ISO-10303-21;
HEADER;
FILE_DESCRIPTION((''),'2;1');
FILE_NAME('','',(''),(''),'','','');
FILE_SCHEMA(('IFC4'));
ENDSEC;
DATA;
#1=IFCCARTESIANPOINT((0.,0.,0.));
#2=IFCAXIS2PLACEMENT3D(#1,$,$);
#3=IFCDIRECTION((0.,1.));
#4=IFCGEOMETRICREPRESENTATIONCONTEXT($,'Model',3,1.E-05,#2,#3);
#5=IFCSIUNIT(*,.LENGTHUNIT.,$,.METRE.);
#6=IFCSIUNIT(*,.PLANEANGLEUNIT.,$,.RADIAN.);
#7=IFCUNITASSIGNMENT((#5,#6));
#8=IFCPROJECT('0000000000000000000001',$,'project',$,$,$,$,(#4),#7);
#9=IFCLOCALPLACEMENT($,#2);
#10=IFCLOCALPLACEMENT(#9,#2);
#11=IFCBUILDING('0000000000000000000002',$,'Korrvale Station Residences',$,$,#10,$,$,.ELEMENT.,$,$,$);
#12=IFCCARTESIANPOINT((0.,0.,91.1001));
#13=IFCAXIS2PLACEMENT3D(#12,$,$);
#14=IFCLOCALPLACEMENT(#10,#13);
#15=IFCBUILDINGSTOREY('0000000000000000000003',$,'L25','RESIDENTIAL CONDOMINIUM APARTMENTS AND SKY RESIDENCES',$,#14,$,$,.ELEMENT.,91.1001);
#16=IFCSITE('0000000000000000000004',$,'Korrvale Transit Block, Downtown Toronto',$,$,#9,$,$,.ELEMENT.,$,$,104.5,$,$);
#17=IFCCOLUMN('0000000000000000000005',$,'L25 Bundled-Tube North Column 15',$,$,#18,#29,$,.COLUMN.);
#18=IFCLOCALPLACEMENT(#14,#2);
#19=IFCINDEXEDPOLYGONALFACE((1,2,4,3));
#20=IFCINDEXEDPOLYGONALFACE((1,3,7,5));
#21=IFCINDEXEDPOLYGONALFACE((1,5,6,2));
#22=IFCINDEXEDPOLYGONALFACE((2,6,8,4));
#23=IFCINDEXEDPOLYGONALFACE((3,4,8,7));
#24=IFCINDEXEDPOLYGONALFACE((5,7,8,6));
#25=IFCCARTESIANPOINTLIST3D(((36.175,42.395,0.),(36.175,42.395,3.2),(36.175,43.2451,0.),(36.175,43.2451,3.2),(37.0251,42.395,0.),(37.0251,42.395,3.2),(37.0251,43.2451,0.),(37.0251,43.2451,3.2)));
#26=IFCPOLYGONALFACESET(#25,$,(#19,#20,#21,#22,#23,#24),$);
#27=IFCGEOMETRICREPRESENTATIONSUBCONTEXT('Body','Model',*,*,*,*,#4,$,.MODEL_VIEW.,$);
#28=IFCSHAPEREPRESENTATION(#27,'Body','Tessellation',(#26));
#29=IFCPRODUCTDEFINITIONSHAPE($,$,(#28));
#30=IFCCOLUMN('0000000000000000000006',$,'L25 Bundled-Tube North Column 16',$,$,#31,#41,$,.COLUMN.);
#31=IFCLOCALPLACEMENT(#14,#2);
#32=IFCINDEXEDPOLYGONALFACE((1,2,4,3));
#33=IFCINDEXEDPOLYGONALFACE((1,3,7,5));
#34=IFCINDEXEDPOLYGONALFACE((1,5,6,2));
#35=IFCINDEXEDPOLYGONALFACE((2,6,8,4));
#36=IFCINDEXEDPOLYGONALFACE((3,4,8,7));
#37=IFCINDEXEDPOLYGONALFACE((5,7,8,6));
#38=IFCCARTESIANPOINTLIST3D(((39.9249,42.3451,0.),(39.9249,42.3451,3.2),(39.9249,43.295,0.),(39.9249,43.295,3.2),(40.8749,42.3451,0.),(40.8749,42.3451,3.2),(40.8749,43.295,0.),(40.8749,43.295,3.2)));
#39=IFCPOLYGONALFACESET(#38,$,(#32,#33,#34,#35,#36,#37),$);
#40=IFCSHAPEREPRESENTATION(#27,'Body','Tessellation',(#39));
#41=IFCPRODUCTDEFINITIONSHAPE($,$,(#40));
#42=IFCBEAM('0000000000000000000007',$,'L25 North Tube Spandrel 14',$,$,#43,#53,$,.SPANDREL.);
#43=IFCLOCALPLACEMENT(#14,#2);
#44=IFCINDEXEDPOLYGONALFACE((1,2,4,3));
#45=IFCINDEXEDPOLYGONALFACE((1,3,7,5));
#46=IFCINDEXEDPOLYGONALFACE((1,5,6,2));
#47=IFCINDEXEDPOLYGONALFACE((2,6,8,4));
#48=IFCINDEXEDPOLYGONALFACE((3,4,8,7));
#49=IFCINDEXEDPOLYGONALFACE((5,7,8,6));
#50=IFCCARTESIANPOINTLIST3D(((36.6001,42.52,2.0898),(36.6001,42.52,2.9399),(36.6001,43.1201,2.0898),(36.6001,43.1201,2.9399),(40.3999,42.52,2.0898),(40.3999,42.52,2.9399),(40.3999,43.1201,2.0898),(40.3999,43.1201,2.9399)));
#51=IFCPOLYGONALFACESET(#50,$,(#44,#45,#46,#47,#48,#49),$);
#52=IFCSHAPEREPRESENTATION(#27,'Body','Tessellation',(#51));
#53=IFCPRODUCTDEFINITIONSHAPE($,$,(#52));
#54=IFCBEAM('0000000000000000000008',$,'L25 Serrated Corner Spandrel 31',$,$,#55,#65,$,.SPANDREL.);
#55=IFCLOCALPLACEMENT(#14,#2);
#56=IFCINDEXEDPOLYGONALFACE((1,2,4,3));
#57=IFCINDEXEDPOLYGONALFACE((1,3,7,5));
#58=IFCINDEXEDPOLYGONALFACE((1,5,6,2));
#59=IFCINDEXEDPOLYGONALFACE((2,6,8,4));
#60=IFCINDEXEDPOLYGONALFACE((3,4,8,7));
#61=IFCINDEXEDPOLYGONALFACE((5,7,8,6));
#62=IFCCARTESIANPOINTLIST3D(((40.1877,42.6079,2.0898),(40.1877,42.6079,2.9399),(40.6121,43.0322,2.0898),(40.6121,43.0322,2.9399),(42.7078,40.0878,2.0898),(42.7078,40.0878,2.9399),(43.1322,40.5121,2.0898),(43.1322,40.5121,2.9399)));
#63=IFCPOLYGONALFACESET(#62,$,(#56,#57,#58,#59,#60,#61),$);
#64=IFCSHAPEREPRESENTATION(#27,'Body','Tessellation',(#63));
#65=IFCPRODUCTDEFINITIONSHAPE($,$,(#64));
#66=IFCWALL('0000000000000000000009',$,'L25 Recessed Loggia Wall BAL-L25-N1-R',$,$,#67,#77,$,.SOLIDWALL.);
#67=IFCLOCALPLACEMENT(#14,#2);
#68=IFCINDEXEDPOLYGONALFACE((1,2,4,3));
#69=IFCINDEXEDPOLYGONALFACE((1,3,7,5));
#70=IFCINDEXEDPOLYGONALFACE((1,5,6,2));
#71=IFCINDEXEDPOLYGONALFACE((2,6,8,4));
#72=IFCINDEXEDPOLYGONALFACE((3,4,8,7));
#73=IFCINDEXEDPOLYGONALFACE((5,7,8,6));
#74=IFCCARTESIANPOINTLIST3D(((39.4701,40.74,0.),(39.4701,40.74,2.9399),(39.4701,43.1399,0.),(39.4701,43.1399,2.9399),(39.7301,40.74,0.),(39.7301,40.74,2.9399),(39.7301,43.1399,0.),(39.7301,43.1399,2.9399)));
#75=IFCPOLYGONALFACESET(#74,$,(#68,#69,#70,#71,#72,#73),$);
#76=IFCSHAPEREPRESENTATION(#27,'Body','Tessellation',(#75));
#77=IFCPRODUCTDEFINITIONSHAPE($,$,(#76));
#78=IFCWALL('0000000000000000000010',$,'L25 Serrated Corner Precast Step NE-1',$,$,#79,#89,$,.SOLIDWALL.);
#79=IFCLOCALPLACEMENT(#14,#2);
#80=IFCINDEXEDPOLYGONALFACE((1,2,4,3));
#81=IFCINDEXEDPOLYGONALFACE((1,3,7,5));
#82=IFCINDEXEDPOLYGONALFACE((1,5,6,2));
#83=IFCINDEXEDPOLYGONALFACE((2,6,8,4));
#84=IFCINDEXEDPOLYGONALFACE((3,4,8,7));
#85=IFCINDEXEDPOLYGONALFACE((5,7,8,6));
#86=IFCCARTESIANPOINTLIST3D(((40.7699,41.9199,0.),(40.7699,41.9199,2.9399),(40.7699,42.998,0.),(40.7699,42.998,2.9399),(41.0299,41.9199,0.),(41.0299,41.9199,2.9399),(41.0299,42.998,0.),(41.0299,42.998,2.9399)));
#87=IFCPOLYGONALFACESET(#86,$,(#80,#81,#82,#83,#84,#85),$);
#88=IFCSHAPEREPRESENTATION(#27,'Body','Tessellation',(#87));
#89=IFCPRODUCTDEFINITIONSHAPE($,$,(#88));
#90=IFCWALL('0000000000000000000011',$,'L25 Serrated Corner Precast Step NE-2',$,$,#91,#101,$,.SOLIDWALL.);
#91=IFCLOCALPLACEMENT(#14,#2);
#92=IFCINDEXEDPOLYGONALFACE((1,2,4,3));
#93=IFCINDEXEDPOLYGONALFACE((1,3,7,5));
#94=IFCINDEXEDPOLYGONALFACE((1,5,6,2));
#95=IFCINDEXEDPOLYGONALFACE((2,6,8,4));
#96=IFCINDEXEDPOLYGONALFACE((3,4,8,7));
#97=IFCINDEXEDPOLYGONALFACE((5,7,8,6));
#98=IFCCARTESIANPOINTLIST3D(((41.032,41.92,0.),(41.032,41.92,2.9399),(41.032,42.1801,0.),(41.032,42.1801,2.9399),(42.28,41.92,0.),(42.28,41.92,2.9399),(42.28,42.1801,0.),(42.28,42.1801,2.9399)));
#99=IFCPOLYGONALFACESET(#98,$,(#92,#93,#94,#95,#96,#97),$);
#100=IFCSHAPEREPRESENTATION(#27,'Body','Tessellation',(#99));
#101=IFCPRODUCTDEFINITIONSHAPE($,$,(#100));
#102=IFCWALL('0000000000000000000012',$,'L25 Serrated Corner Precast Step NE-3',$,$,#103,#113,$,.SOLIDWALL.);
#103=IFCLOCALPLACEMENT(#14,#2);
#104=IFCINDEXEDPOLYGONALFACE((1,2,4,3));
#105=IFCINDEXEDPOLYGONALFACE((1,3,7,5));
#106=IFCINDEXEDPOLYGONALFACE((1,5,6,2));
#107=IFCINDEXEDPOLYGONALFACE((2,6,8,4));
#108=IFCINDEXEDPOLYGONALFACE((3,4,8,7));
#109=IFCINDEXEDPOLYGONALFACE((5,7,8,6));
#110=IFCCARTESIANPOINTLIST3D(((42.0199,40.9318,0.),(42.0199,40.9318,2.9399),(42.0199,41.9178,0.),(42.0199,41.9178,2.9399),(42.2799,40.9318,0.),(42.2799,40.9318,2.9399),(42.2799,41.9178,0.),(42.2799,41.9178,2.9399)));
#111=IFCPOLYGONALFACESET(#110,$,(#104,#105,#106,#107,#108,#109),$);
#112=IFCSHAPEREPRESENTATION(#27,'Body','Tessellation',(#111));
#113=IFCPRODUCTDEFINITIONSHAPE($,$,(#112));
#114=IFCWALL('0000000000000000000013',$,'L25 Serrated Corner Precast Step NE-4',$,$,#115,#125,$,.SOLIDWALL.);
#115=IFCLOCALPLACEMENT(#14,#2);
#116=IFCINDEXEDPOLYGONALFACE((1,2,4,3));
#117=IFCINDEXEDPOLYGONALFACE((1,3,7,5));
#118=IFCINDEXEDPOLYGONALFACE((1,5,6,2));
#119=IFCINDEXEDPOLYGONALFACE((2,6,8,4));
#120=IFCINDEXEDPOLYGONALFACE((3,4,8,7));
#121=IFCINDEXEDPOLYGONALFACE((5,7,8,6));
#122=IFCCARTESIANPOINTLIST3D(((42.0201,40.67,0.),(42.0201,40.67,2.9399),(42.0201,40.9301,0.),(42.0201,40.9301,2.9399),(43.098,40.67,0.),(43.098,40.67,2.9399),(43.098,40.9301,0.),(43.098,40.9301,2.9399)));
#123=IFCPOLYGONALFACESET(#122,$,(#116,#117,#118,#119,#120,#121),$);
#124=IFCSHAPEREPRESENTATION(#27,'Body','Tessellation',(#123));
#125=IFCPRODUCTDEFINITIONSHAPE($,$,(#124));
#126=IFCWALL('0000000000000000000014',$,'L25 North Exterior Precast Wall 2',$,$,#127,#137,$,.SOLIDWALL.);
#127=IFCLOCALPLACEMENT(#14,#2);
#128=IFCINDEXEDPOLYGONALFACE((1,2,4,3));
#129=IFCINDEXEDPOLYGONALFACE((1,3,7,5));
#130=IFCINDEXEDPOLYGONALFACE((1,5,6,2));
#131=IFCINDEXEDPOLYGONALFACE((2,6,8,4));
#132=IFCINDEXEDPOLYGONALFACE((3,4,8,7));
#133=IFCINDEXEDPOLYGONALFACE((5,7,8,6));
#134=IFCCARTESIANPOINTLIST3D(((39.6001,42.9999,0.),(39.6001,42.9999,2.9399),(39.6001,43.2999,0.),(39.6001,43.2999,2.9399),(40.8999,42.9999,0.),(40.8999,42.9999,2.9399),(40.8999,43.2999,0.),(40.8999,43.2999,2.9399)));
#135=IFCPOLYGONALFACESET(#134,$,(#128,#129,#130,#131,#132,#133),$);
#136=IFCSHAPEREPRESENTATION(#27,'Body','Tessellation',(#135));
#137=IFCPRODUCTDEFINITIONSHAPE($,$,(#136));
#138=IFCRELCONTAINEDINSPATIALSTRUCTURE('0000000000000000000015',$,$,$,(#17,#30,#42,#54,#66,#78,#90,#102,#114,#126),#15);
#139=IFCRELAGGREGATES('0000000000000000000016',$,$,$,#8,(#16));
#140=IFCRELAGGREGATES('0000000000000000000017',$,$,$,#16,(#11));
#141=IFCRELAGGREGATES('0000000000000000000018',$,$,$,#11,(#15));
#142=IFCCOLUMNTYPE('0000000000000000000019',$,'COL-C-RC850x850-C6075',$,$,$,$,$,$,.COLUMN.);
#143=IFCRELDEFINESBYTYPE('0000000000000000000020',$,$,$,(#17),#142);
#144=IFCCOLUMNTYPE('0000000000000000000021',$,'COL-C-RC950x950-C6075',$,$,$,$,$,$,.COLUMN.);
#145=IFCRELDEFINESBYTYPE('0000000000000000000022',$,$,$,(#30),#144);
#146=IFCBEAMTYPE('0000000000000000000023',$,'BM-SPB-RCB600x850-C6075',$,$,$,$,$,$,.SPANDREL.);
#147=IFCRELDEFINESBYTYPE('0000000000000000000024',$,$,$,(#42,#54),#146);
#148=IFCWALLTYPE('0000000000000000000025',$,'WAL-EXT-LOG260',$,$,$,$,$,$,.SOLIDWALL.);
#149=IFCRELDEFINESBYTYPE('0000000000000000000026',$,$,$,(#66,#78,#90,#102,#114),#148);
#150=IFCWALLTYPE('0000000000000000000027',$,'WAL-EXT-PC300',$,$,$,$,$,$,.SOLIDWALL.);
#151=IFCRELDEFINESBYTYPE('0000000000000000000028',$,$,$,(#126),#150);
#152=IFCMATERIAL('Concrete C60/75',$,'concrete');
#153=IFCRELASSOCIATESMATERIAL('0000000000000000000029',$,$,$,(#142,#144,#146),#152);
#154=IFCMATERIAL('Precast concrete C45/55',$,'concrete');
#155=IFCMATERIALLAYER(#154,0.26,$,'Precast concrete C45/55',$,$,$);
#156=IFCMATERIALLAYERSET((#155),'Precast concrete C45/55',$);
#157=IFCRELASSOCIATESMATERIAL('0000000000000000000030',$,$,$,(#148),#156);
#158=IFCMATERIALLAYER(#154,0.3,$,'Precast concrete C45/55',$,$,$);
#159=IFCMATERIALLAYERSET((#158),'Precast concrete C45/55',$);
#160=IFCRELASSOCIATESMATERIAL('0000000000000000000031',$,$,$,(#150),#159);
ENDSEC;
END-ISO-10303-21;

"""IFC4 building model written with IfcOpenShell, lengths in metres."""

from ifc_helpers import new_model, si_unit, direction, frame, frame_2d, origin, origin_2d, place, context, subcontext, project, spatial, rectangle, extrude, material, layer, layer_set, material_profile, profile_set, type_object, element, save


model = new_model("IFC4")

# Units and contexts
model_context = context("Model", 3, precision=1e-05, world=origin(), true_north=direction((0.0, 1.0)))
body_context = subcontext(model_context, "Body", "Model", "MODEL_VIEW")
ifc_project = project(units=[si_unit("LENGTHUNIT", "METRE"), si_unit("PLANEANGLEUNIT", "RADIAN")], contexts=[model_context])

# Site, building, storey
site_placement = place(None, origin())
site = spatial("IfcSite", under=ifc_project, at=site_placement, Name="Korrvale Transit Block, Downtown Toronto", CompositionType="ELEMENT", RefElevation=104.5)
building_placement = place(site_placement, origin())
building = spatial("IfcBuilding", under=site, at=building_placement, Name="Korrvale Station Residences", CompositionType="ELEMENT")
storey_placement = place(building_placement, frame((0.0, 0.0, 91.1001)))
storey = spatial("IfcBuildingStorey", under=building, at=storey_placement, Name="L25", Description="RESIDENTIAL CONDOMINIUM APARTMENTS AND SKY RESIDENCES", CompositionType="ELEMENT", Elevation=91.1001)

# Columns
ifc_material_1 = material(Name="Concrete C60/75", Category="concrete")
ifc_material_profile_1 = material_profile(ifc_material_1, rectangle(XDim=0.8501, YDim=0.8501, at=origin_2d()), Name="RC850x850")
ifc_profile_set_1 = profile_set([ifc_material_profile_1], Name="Concrete C60/75")
column_type_1 = type_object("IfcColumnType", Name="COL-C-RC850x850-C6075", PredefinedType="COLUMN", material=ifc_profile_set_1)
column_1_placement = place(storey_placement, frame((36.6001, 42.8201, 0.0), z_axis=(0.0, 0.0, 1.0), x_axis=(1.0, 0.0, 0.0)))
element("IfcColumn", 1, at=column_1_placement, inside=storey, type_object=column_type_1, Name="L25 Bundled-Tube North Column 15", PredefinedType="COLUMN", context=body_context, shape_type="SweptSolid", body=[
    extrude(rectangle(XDim=0.8501, YDim=0.8501, at=origin_2d()), origin(), (0.0, 0.0, 1.0), 3.2),
])
ifc_material_profile_2 = material_profile(ifc_material_1, rectangle(XDim=0.95, YDim=0.95, at=origin_2d()), Name="RC950x950")
ifc_profile_set_2 = profile_set([ifc_material_profile_2], Name="Concrete C60/75")
column_type_2 = type_object("IfcColumnType", Name="COL-C-RC950x950-C6075", PredefinedType="COLUMN", material=ifc_profile_set_2)
column_2_placement = place(storey_placement, frame((40.3999, 42.8201, 0.0), z_axis=(0.0, 0.0, 1.0), x_axis=(1.0, 0.0, 0.0)))
element("IfcColumn", 2, at=column_2_placement, inside=storey, type_object=column_type_2, Name="L25 Bundled-Tube North Column 16", PredefinedType="COLUMN", context=body_context, shape_type="SweptSolid", body=[
    extrude(rectangle(XDim=0.95, YDim=0.95, at=origin_2d()), origin(), (0.0, 0.0, 1.0), 3.2),
])

# Beams
ifc_material_profile_3 = material_profile(ifc_material_1, rectangle(XDim=0.6001, YDim=0.8501, at=origin_2d()), Name="RCB600x850")
ifc_profile_set_3 = profile_set([ifc_material_profile_3], Name="Concrete C60/75")
beam_type = type_object("IfcBeamType", Name="BM-SPB-RCB600x850-C6075", PredefinedType="SPANDREL", material=ifc_profile_set_3)
beam_1_placement = place(storey_placement, frame((36.6001, 42.8201, 2.5149), z_axis=(1.0, 0.0, 0.0), x_axis=(0.0, 1.0, 0.0)))
element("IfcBeam", 3, at=beam_1_placement, inside=storey, type_object=beam_type, Name="L25 North Tube Spandrel 14", PredefinedType="SPANDREL", context=body_context, shape_type="SweptSolid", body=[
    extrude(rectangle(XDim=0.6001, YDim=0.8501, at=origin_2d()), origin(), (0.0, 0.0, 1.0), 3.7998),
])
beam_2_placement = place(storey_placement, frame((40.3999, 42.8201, 2.5149), z_axis=(0.707107, -0.707107, 0.0), x_axis=(0.707107, 0.707107, 0.0)))
element("IfcBeam", 4, at=beam_2_placement, inside=storey, type_object=beam_type, Name="L25 Serrated Corner Spandrel 31", PredefinedType="SPANDREL", context=body_context, shape_type="SweptSolid", body=[
    extrude(rectangle(XDim=0.6001, YDim=0.8501, at=origin_2d()), origin(), (0.0, 0.0, 1.0), 3.564),
])

# Walls
ifc_material_2 = material(Name="Precast concrete C45/55", Category="concrete")
ifc_layer_1 = layer(ifc_material_2, 0.26, Name="Precast concrete C45/55")
ifc_layer_set_1 = layer_set([ifc_layer_1], Name="Precast concrete C45/55")
wall_type_1 = type_object("IfcWallType", Name="WAL-EXT-LOG260", PredefinedType="SOLIDWALL", material=ifc_layer_set_1)
wall_1_placement = place(storey_placement, frame((39.6001, 40.74, 0.0), z_axis=(0.0, 0.0, 1.0), x_axis=(0.0, 1.0, 0.0)))
element("IfcWall", 5, at=wall_1_placement, inside=storey, type_object=wall_type_1, Name="L25 Recessed Loggia Wall BAL-L25-N1-R", PredefinedType="SOLIDWALL", context=body_context, shape_type="SweptSolid", body=[
    extrude(rectangle(XDim=2.3999, YDim=0.26, at=frame_2d((1.2, 0.0))), origin(), (0.0, 0.0, 1.0), 2.9399),
])
wall_2_placement = place(storey_placement, frame((40.8999, 42.998, 0.0), z_axis=(0.0, 0.0, 1.0), x_axis=(0.0, -1.0, 0.0)))
element("IfcWall", 6, at=wall_2_placement, inside=storey, type_object=wall_type_1, Name="L25 Serrated Corner Precast Step NE-1", PredefinedType="SOLIDWALL", context=body_context, shape_type="SweptSolid", body=[
    extrude(rectangle(XDim=1.0781, YDim=0.26, at=frame_2d((0.5391, 0.0))), origin(), (0.0, 0.0, 1.0), 2.9399),
])
wall_3_placement = place(storey_placement, frame((41.032, 42.05, 0.0), z_axis=(0.0, 0.0, 1.0), x_axis=(1.0, 0.0, 0.0)))
element("IfcWall", 7, at=wall_3_placement, inside=storey, type_object=wall_type_1, Name="L25 Serrated Corner Precast Step NE-2", PredefinedType="SOLIDWALL", context=body_context, shape_type="SweptSolid", body=[
    extrude(rectangle(XDim=1.248, YDim=0.26, at=frame_2d((0.624, 0.0))), origin(), (0.0, 0.0, 1.0), 2.9399),
])
wall_4_placement = place(storey_placement, frame((42.1499, 41.918, 0.0), z_axis=(0.0, 0.0, 1.0), x_axis=(0.0, -1.0, 0.0)))
element("IfcWall", 8, at=wall_4_placement, inside=storey, type_object=wall_type_1, Name="L25 Serrated Corner Precast Step NE-3", PredefinedType="SOLIDWALL", context=body_context, shape_type="SweptSolid", body=[
    extrude(rectangle(XDim=0.9861, YDim=0.26, at=frame_2d((0.4932, 0.0))), origin(), (0.0, 0.0, 1.0), 2.9399),
])
wall_5_placement = place(storey_placement, frame((42.02, 40.8, 0.0), z_axis=(0.0, 0.0, 1.0), x_axis=(1.0, 0.0, 0.0)))
element("IfcWall", 9, at=wall_5_placement, inside=storey, type_object=wall_type_1, Name="L25 Serrated Corner Precast Step NE-4", PredefinedType="SOLIDWALL", context=body_context, shape_type="SweptSolid", body=[
    extrude(rectangle(XDim=1.0779, YDim=0.26, at=frame_2d((0.5391, 0.0))), origin(), (0.0, 0.0, 1.0), 2.9399),
])
ifc_layer_2 = layer(ifc_material_2, 0.3, Name="Precast concrete C45/55")
ifc_layer_set_2 = layer_set([ifc_layer_2], Name="Precast concrete C45/55")
wall_type_2 = type_object("IfcWallType", Name="WAL-EXT-PC300", PredefinedType="SOLIDWALL", material=ifc_layer_set_2)
wall_6_placement = place(storey_placement, frame((39.6001, 43.1499, 0.0), z_axis=(0.0, 0.0, 1.0), x_axis=(1.0, 0.0, 0.0)))
element("IfcWall", 10, at=wall_6_placement, inside=storey, type_object=wall_type_2, Name="L25 North Exterior Precast Wall 2", PredefinedType="SOLIDWALL", context=body_context, shape_type="SweptSolid", body=[
    extrude(rectangle(XDim=1.2998, YDim=0.3, at=frame_2d((0.6499, 0.0))), origin(), (0.0, 0.0, 1.0), 2.9399),
])

save(model, "model.ifc")
